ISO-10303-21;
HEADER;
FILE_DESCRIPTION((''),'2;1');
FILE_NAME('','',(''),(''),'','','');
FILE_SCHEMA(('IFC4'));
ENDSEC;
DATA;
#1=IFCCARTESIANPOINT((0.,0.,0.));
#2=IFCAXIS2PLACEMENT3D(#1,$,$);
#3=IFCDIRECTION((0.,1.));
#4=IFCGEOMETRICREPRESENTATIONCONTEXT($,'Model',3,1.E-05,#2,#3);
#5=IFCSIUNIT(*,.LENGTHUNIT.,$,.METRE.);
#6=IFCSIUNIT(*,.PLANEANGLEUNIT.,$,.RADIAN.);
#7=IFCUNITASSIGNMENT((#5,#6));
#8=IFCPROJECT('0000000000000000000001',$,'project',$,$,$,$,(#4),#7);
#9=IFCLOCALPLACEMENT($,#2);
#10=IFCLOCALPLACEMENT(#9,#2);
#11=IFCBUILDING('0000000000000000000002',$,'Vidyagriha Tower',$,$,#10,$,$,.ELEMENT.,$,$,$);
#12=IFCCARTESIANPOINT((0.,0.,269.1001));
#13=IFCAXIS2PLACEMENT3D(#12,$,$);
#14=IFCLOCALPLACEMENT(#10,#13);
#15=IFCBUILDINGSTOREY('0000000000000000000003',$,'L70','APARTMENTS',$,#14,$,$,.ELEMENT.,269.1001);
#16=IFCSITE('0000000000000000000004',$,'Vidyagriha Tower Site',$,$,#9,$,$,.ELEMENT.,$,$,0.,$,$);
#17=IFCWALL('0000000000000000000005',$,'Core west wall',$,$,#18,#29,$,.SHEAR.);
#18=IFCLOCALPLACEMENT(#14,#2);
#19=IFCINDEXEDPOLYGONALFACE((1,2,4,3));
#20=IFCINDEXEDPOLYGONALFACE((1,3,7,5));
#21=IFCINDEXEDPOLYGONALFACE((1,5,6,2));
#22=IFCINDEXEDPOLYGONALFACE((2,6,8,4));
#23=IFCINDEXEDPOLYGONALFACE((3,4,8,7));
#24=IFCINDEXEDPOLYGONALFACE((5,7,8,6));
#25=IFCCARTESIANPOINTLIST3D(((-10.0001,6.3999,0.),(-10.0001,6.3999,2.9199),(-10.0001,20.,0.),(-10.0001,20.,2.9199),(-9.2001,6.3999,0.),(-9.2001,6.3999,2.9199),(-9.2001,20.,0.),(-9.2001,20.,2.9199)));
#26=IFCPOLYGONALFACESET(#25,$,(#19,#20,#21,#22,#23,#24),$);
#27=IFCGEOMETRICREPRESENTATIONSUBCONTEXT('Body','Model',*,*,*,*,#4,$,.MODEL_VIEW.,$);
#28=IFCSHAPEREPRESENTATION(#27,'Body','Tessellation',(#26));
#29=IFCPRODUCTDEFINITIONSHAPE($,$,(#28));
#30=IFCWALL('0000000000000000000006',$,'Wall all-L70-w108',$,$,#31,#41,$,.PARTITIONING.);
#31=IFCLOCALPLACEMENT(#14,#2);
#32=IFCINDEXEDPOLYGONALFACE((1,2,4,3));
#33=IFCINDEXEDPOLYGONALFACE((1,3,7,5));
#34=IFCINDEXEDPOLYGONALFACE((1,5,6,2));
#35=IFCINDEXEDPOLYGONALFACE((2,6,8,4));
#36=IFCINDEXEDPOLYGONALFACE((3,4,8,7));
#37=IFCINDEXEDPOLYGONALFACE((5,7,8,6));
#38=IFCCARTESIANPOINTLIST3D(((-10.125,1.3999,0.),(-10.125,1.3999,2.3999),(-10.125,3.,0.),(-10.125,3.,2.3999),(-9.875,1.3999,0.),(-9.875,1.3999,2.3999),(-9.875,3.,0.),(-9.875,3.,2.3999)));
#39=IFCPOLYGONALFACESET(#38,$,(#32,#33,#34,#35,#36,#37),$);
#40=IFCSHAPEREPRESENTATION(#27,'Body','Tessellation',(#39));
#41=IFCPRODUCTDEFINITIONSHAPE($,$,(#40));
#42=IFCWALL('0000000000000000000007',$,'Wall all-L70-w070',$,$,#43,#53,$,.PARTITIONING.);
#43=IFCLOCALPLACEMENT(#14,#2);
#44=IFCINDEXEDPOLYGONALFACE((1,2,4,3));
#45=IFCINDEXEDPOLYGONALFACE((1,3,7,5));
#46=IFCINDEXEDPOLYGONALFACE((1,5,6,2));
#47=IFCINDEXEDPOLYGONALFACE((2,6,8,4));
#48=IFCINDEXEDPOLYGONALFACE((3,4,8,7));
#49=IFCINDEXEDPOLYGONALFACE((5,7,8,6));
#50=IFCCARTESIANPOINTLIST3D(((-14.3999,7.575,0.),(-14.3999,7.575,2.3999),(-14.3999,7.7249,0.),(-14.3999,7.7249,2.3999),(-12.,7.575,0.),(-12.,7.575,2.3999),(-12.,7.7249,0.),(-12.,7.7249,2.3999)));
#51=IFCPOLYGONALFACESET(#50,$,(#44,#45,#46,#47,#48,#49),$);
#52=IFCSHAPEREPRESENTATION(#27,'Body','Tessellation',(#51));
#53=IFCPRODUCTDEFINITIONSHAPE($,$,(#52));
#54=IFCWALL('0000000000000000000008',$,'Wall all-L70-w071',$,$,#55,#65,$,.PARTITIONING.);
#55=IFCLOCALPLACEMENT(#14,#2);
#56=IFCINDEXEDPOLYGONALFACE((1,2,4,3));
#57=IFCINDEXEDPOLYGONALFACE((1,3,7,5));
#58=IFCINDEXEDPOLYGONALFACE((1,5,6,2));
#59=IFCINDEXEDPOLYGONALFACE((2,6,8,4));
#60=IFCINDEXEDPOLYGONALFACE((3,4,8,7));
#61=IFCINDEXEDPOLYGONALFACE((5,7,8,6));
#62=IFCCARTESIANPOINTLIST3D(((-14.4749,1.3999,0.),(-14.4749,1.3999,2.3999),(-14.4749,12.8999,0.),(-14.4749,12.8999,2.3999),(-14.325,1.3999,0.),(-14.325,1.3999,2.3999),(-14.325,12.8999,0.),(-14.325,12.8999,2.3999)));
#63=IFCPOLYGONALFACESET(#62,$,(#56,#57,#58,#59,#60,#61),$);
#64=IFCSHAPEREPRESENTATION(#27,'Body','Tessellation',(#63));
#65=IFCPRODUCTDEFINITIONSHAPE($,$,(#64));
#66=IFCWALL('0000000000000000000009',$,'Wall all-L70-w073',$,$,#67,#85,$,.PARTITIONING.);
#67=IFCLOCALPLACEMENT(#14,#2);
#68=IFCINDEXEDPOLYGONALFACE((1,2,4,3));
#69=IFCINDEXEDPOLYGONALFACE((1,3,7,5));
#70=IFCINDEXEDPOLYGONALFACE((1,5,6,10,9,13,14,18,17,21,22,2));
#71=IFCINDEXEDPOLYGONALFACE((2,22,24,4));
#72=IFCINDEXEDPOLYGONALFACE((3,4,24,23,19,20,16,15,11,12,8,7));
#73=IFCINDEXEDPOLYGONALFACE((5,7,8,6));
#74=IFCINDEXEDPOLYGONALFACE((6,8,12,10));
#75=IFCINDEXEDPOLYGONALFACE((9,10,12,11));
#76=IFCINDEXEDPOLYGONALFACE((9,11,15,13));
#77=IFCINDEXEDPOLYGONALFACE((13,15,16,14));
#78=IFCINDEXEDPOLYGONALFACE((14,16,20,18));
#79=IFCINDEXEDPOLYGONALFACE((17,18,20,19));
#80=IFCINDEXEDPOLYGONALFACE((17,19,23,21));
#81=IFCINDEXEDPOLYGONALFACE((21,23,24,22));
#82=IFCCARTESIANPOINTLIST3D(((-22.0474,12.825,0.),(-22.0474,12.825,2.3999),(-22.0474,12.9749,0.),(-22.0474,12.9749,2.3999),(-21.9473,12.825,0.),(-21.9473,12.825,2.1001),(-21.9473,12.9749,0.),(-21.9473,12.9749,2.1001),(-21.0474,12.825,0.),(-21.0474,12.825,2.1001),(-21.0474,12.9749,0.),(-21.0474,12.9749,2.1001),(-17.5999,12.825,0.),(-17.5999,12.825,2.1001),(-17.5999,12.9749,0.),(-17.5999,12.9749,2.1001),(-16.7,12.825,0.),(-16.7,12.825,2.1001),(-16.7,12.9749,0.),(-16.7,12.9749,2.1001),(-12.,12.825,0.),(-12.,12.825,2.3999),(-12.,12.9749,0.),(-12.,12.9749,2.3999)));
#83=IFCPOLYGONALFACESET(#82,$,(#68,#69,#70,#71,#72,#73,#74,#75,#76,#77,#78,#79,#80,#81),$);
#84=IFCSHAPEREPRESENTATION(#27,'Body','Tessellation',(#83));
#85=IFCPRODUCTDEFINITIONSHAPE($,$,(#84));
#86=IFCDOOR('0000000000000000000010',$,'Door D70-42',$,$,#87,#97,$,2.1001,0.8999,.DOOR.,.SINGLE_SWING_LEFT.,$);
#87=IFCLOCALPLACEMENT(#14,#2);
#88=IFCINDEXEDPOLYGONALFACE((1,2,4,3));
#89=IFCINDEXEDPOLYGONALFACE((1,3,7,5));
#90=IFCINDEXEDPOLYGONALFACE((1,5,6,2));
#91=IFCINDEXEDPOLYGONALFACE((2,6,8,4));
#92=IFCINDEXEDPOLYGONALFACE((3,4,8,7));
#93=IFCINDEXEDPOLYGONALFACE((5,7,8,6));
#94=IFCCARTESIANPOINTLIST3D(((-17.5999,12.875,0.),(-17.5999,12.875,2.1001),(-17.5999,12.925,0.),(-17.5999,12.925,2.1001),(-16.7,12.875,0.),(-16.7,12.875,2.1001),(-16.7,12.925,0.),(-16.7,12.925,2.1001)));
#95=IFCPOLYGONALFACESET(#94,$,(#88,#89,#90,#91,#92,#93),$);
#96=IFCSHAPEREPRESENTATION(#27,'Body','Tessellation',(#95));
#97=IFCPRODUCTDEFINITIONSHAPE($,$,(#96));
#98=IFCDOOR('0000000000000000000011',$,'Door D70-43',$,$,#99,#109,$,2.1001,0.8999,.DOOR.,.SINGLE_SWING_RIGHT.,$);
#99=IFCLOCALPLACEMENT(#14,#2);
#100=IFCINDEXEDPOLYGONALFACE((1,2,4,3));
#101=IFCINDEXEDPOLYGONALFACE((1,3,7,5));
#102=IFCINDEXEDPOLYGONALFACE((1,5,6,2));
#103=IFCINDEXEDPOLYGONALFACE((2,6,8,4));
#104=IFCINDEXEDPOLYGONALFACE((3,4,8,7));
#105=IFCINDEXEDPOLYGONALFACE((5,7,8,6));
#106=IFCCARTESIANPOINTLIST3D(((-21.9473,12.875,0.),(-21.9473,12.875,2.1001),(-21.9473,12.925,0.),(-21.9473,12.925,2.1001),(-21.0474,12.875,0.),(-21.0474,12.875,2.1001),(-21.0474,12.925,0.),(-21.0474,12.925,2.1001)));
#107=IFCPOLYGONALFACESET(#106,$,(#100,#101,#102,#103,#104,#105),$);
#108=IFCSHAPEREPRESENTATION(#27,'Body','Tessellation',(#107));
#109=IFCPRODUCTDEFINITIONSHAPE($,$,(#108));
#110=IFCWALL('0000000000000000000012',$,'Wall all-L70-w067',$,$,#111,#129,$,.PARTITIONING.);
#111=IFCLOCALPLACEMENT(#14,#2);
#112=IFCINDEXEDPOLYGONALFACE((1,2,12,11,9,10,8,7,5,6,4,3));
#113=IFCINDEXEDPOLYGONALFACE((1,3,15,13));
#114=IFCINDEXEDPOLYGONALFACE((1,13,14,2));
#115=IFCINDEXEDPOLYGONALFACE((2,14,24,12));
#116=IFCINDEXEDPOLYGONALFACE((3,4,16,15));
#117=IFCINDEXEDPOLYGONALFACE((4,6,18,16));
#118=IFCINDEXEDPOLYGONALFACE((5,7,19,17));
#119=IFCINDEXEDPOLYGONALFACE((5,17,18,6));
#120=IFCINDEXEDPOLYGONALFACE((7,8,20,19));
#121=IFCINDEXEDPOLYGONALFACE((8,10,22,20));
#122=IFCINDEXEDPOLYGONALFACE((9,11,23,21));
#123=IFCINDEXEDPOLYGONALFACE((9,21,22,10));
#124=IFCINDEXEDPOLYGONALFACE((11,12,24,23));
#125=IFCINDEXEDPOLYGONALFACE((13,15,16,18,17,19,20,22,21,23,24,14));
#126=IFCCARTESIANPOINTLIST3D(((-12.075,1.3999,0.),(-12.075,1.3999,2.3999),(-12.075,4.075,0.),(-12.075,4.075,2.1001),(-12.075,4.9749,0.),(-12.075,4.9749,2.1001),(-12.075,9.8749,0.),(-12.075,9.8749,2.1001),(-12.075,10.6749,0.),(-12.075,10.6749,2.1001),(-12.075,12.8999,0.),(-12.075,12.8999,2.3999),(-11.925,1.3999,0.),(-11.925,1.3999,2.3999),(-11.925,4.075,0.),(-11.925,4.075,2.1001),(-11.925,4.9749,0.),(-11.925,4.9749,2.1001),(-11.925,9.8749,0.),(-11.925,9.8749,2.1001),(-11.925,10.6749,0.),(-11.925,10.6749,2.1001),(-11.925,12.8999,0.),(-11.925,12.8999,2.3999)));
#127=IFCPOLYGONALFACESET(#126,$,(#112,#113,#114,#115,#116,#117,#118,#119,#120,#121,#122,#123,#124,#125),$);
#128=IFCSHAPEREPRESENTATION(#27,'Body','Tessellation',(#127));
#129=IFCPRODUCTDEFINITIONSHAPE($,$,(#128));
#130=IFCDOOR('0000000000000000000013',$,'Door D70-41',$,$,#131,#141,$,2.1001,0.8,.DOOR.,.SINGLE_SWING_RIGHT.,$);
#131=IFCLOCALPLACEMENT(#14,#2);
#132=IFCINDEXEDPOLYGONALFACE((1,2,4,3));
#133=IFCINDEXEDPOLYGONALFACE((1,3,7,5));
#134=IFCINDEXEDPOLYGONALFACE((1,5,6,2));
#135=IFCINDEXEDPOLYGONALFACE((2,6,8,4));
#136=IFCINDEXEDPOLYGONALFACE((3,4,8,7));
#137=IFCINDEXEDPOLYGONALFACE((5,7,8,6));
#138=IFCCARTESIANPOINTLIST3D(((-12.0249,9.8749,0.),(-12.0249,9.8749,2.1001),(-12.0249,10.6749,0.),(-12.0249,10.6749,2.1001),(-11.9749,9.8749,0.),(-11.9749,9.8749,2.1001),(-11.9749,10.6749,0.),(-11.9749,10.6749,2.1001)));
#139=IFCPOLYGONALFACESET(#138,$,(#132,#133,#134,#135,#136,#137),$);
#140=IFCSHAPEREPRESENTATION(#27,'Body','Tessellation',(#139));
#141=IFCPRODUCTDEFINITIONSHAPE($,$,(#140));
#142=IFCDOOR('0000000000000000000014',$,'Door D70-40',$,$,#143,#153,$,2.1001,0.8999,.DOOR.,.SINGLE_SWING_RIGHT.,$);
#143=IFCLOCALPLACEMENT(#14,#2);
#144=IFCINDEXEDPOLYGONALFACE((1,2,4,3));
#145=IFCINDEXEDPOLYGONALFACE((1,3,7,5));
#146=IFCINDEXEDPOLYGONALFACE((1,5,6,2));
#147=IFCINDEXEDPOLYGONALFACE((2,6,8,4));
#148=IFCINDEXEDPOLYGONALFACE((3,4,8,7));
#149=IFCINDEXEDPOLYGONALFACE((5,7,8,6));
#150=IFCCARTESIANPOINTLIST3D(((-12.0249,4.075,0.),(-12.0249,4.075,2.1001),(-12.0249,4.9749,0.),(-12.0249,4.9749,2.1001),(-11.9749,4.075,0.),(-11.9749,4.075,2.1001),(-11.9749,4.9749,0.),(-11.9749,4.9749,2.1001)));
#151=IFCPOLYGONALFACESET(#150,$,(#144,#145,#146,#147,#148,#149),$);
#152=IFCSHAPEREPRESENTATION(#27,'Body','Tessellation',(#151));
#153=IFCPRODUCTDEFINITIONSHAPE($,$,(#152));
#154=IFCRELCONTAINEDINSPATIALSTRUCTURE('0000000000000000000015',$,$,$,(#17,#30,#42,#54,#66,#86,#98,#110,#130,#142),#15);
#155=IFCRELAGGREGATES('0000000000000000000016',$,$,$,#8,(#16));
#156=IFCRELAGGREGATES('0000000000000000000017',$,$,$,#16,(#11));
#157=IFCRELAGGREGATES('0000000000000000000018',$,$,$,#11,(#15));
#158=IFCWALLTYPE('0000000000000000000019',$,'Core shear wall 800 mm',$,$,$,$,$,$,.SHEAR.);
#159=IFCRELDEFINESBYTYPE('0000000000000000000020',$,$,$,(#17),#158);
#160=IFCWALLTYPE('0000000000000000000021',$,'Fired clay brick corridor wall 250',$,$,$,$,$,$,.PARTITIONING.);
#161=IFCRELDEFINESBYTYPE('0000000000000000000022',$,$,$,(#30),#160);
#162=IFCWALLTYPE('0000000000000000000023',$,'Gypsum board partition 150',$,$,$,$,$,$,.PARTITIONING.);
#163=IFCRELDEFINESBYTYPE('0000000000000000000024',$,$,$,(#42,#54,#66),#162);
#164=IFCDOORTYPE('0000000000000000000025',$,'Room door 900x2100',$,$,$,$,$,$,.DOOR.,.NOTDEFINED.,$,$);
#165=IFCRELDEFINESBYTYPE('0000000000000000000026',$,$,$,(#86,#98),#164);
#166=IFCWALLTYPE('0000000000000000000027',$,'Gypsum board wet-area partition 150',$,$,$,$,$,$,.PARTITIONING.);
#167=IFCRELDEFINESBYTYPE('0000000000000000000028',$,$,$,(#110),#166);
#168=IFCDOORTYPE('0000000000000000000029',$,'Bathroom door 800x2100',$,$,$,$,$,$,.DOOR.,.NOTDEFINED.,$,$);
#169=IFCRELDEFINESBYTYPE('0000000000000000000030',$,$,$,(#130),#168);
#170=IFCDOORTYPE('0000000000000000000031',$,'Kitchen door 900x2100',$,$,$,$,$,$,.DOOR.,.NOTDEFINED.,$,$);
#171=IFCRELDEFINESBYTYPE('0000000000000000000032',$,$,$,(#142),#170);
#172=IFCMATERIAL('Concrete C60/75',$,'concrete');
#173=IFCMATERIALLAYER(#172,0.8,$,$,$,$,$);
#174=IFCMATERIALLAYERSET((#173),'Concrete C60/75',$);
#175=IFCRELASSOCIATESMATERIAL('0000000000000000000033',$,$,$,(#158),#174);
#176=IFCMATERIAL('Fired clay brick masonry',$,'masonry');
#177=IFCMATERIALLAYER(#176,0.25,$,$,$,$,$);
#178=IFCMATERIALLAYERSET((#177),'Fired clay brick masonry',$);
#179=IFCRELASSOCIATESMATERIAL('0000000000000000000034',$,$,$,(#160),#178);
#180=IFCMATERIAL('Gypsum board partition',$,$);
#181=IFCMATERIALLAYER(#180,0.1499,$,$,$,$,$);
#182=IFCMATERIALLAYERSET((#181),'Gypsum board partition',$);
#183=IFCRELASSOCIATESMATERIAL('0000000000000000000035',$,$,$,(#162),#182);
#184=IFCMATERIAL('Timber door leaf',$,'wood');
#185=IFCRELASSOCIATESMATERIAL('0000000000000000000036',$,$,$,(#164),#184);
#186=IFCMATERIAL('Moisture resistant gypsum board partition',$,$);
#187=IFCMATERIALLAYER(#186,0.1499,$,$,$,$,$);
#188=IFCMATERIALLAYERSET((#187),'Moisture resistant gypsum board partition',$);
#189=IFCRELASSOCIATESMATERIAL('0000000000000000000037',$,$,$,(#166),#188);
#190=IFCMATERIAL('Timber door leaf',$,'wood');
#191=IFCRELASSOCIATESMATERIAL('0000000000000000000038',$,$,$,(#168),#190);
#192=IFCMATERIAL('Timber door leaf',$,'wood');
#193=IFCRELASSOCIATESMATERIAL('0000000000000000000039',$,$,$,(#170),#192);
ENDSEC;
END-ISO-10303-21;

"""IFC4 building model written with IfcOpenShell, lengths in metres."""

from ifc_helpers import new_model, si_unit, direction, frame, frame_2d, origin, place, context, subcontext, project, spatial, rectangle, extrude, material, layer, layer_set, type_object, element, fill, save


model = new_model("IFC4")

# Units and contexts
model_context = context("Model", 3, precision=1e-05, world=origin(), true_north=direction((0.0, 1.0)))
body_context = subcontext(model_context, "Body", "Model", "MODEL_VIEW")
ifc_project = project(units=[si_unit("LENGTHUNIT", "METRE"), si_unit("PLANEANGLEUNIT", "RADIAN")], contexts=[model_context])

# Site, building, storey
site_placement = place(None, origin())
site = spatial("IfcSite", under=ifc_project, at=site_placement, Name="Vidyagriha Tower Site", CompositionType="ELEMENT", RefElevation=0.0)
building_placement = place(site_placement, origin())
building = spatial("IfcBuilding", under=site, at=building_placement, Name="Vidyagriha Tower", CompositionType="ELEMENT")
storey_placement = place(building_placement, frame((0.0, 0.0, 269.1001)))
storey = spatial("IfcBuildingStorey", under=building, at=storey_placement, Name="L70", Description="APARTMENTS", CompositionType="ELEMENT", Elevation=269.1001)

# Walls
ifc_material_1 = material(Name="Concrete C60/75", Category="concrete")
ifc_layer_1 = layer(ifc_material_1, 0.8)
ifc_layer_set_1 = layer_set([ifc_layer_1], Name="Concrete C60/75")
wall_type_1 = type_object("IfcWallType", Name="Core shear wall 800 mm", PredefinedType="SHEAR", material=ifc_layer_set_1)
wall_1_placement = place(storey_placement, frame((-9.6001, 6.3999, 0.0), z_axis=(0.0, 0.0, 1.0), x_axis=(0.0, 1.0, 0.0)))
element("IfcWall", 1, at=wall_1_placement, inside=storey, type_object=wall_type_1, Name="Core west wall", PredefinedType="SHEAR", context=body_context, shape_type="SweptSolid", body=[
    extrude(rectangle(XDim=13.6001, YDim=0.8, at=frame_2d((6.8, 0.0))), origin(), (0.0, 0.0, 1.0), 2.9199),
])
ifc_material_2 = material(Name="Fired clay brick masonry", Category="masonry")
ifc_layer_2 = layer(ifc_material_2, 0.25)
ifc_layer_set_2 = layer_set([ifc_layer_2], Name="Fired clay brick masonry")
wall_type_2 = type_object("IfcWallType", Name="Fired clay brick corridor wall 250", PredefinedType="PARTITIONING", material=ifc_layer_set_2)
wall_2_placement = place(storey_placement, frame((-10.0, 3.0, 0.0), z_axis=(0.0, 0.0, 1.0), x_axis=(0.0, -1.0, 0.0)))
element("IfcWall", 2, at=wall_2_placement, inside=storey, type_object=wall_type_2, Name="Wall all-L70-w108", PredefinedType="PARTITIONING", context=body_context, shape_type="SweptSolid", body=[
    extrude(rectangle(XDim=1.6001, YDim=0.25, at=frame_2d((0.8, 0.0))), origin(), (0.0, 0.0, 1.0), 2.3999),
])
ifc_material_3 = material(Name="Gypsum board partition")
ifc_layer_3 = layer(ifc_material_3, 0.1499)
ifc_layer_set_3 = layer_set([ifc_layer_3], Name="Gypsum board partition")
wall_type_3 = type_object("IfcWallType", Name="Gypsum board partition 150", PredefinedType="PARTITIONING", material=ifc_layer_set_3)
wall_3_placement = place(storey_placement, frame((-14.3999, 7.6499, 0.0)))
element("IfcWall", 3, at=wall_3_placement, inside=storey, type_object=wall_type_3, Name="Wall all-L70-w070", PredefinedType="PARTITIONING", context=body_context, shape_type="SweptSolid", body=[
    extrude(rectangle(XDim=2.3999, YDim=0.1499, at=frame_2d((1.2, 0.0))), origin(), (0.0, 0.0, 1.0), 2.3999),
])
wall_4_placement = place(storey_placement, frame((-14.3999, 1.3999, 0.0), z_axis=(0.0, 0.0, 1.0), x_axis=(0.0, 1.0, 0.0)))
element("IfcWall", 4, at=wall_4_placement, inside=storey, type_object=wall_type_3, Name="Wall all-L70-w071", PredefinedType="PARTITIONING", context=body_context, shape_type="SweptSolid", body=[
    extrude(rectangle(XDim=11.5, YDim=0.1499, at=frame_2d((5.75, 0.0))), origin(), (0.0, 0.0, 1.0), 2.3999),
])

# Walls, openings, doors
wall_5_placement = place(storey_placement, frame((-12.0, 12.8999, 0.0), z_axis=(0.0, 0.0, 1.0), x_axis=(-1.0, 0.0, 0.0)))
wall_5 = element("IfcWall", 5, at=wall_5_placement, inside=storey, type_object=wall_type_3, Name="Wall all-L70-w073", PredefinedType="PARTITIONING", context=body_context, shape_type="SweptSolid", body=[
    extrude(rectangle(XDim=10.0474, YDim=0.1499, at=frame_2d((5.0237, 0.0))), origin(), (0.0, 0.0, 1.0), 2.3999),
])
opening_1_placement = place(wall_5_placement, frame((4.7, 0.0, 0.0)))
opening_1 = element("IfcOpeningElement", 6, at=opening_1_placement, cuts=wall_5, PredefinedType="OPENING", context=body_context, shape_type="SweptSolid", body=[
    extrude(rectangle(XDim=0.8999, YDim=2.1001, at=frame_2d((0.45, 1.05))), frame((0.0, 0.085, 0.0), z_axis=(0.0, -1.0, 0.0), x_axis=(1.0, 0.0, 0.0)), (0.0, 0.0, 1.0), 0.1699),
])
opening_2_placement = place(wall_5_placement, frame((9.0474, 0.0, 0.0)))
opening_2 = element("IfcOpeningElement", 7, at=opening_2_placement, cuts=wall_5, PredefinedType="OPENING", context=body_context, shape_type="SweptSolid", body=[
    extrude(rectangle(XDim=0.8999, YDim=2.1001, at=frame_2d((0.45, 1.05))), frame((0.0, 0.085, 0.0), z_axis=(0.0, -1.0, 0.0), x_axis=(1.0, 0.0, 0.0)), (0.0, 0.0, 1.0), 0.1699),
])
ifc_material_4 = material(Name="Timber door leaf", Category="wood")
door_type_1 = type_object("IfcDoorType", Name="Room door 900x2100", OperationType="NOTDEFINED", PredefinedType="DOOR", material=ifc_material_4)
door_1_placement = place(opening_1_placement, origin())
door_1 = element("IfcDoor", 8, at=door_1_placement, inside=storey, type_object=door_type_1, Name="Door D70-42", OperationType="SINGLE_SWING_LEFT", OverallHeight=2.1001, OverallWidth=0.8999, PredefinedType="DOOR", context=body_context, shape_type="SweptSolid", body=[
    extrude(rectangle(XDim=0.8999, YDim=2.1001, at=frame_2d((0.45, 1.05))), frame((0.0, 0.0249, 0.0), z_axis=(0.0, -1.0, 0.0), x_axis=(1.0, 0.0, 0.0)), (0.0, 0.0, 1.0), 0.05),
])
fill(opening_1, door_1)
door_2_placement = place(opening_2_placement, origin())
door_2 = element("IfcDoor", 9, at=door_2_placement, inside=storey, type_object=door_type_1, Name="Door D70-43", OperationType="SINGLE_SWING_RIGHT", OverallHeight=2.1001, OverallWidth=0.8999, PredefinedType="DOOR", context=body_context, shape_type="SweptSolid", body=[
    extrude(rectangle(XDim=0.8999, YDim=2.1001, at=frame_2d((0.45, 1.05))), frame((0.0, 0.0249, 0.0), z_axis=(0.0, -1.0, 0.0), x_axis=(1.0, 0.0, 0.0)), (0.0, 0.0, 1.0), 0.05),
])
fill(opening_2, door_2)
ifc_material_5 = material(Name="Moisture resistant gypsum board partition")
ifc_layer_4 = layer(ifc_material_5, 0.1499)
ifc_layer_set_4 = layer_set([ifc_layer_4], Name="Moisture resistant gypsum board partition")
wall_type_4 = type_object("IfcWallType", Name="Gypsum board wet-area partition 150", PredefinedType="PARTITIONING", material=ifc_layer_set_4)
wall_6_placement = place(storey_placement, frame((-12.0, 1.3999, 0.0), z_axis=(0.0, 0.0, 1.0), x_axis=(0.0, 1.0, 0.0)))
wall_6 = element("IfcWall", 10, at=wall_6_placement, inside=storey, type_object=wall_type_4, Name="Wall all-L70-w067", PredefinedType="PARTITIONING", context=body_context, shape_type="SweptSolid", body=[
    extrude(rectangle(XDim=11.5, YDim=0.1499, at=frame_2d((5.75, 0.0))), origin(), (0.0, 0.0, 1.0), 2.3999),
])
opening_3_placement = place(wall_6_placement, frame((2.675, 0.0, 0.0)))
opening_3 = element("IfcOpeningElement", 11, at=opening_3_placement, cuts=wall_6, PredefinedType="OPENING", context=body_context, shape_type="SweptSolid", body=[
    extrude(rectangle(XDim=0.8999, YDim=2.1001, at=frame_2d((0.45, 1.05))), frame((0.0, 0.085, 0.0), z_axis=(0.0, -1.0, 0.0), x_axis=(1.0, 0.0, 0.0)), (0.0, 0.0, 1.0), 0.1699),
])
opening_4_placement = place(wall_6_placement, frame((8.4751, 0.0, 0.0)))
opening_4 = element("IfcOpeningElement", 12, at=opening_4_placement, cuts=wall_6, PredefinedType="OPENING", context=body_context, shape_type="SweptSolid", body=[
    extrude(rectangle(XDim=0.8, YDim=2.1001, at=frame_2d((0.3999, 1.05))), frame((0.0, 0.085, 0.0), z_axis=(0.0, -1.0, 0.0), x_axis=(1.0, 0.0, 0.0)), (0.0, 0.0, 1.0), 0.1699),
])
ifc_material_6 = material(Name="Timber door leaf", Category="wood")
door_type_2 = type_object("IfcDoorType", Name="Bathroom door 800x2100", OperationType="NOTDEFINED", PredefinedType="DOOR", material=ifc_material_6)
door_3_placement = place(opening_4_placement, origin())
door_3 = element("IfcDoor", 13, at=door_3_placement, inside=storey, type_object=door_type_2, Name="Door D70-41", OperationType="SINGLE_SWING_RIGHT", OverallHeight=2.1001, OverallWidth=0.8, PredefinedType="DOOR", context=body_context, shape_type="SweptSolid", body=[
    extrude(rectangle(XDim=0.8, YDim=2.1001, at=frame_2d((0.3999, 1.05))), frame((0.0, 0.0249, 0.0), z_axis=(0.0, -1.0, 0.0), x_axis=(1.0, 0.0, 0.0)), (0.0, 0.0, 1.0), 0.05),
])
fill(opening_4, door_3)
ifc_material_7 = material(Name="Timber door leaf", Category="wood")
door_type_3 = type_object("IfcDoorType", Name="Kitchen door 900x2100", OperationType="NOTDEFINED", PredefinedType="DOOR", material=ifc_material_7)
door_4_placement = place(opening_3_placement, origin())
door_4 = element("IfcDoor", 14, at=door_4_placement, inside=storey, type_object=door_type_3, Name="Door D70-40", OperationType="SINGLE_SWING_RIGHT", OverallHeight=2.1001, OverallWidth=0.8999, PredefinedType="DOOR", context=body_context, shape_type="SweptSolid", body=[
    extrude(rectangle(XDim=0.8999, YDim=2.1001, at=frame_2d((0.45, 1.05))), frame((0.0, 0.0249, 0.0), z_axis=(0.0, -1.0, 0.0), x_axis=(1.0, 0.0, 0.0)), (0.0, 0.0, 1.0), 0.05),
])
fill(opening_3, door_4)

save(model, "model.ifc")
